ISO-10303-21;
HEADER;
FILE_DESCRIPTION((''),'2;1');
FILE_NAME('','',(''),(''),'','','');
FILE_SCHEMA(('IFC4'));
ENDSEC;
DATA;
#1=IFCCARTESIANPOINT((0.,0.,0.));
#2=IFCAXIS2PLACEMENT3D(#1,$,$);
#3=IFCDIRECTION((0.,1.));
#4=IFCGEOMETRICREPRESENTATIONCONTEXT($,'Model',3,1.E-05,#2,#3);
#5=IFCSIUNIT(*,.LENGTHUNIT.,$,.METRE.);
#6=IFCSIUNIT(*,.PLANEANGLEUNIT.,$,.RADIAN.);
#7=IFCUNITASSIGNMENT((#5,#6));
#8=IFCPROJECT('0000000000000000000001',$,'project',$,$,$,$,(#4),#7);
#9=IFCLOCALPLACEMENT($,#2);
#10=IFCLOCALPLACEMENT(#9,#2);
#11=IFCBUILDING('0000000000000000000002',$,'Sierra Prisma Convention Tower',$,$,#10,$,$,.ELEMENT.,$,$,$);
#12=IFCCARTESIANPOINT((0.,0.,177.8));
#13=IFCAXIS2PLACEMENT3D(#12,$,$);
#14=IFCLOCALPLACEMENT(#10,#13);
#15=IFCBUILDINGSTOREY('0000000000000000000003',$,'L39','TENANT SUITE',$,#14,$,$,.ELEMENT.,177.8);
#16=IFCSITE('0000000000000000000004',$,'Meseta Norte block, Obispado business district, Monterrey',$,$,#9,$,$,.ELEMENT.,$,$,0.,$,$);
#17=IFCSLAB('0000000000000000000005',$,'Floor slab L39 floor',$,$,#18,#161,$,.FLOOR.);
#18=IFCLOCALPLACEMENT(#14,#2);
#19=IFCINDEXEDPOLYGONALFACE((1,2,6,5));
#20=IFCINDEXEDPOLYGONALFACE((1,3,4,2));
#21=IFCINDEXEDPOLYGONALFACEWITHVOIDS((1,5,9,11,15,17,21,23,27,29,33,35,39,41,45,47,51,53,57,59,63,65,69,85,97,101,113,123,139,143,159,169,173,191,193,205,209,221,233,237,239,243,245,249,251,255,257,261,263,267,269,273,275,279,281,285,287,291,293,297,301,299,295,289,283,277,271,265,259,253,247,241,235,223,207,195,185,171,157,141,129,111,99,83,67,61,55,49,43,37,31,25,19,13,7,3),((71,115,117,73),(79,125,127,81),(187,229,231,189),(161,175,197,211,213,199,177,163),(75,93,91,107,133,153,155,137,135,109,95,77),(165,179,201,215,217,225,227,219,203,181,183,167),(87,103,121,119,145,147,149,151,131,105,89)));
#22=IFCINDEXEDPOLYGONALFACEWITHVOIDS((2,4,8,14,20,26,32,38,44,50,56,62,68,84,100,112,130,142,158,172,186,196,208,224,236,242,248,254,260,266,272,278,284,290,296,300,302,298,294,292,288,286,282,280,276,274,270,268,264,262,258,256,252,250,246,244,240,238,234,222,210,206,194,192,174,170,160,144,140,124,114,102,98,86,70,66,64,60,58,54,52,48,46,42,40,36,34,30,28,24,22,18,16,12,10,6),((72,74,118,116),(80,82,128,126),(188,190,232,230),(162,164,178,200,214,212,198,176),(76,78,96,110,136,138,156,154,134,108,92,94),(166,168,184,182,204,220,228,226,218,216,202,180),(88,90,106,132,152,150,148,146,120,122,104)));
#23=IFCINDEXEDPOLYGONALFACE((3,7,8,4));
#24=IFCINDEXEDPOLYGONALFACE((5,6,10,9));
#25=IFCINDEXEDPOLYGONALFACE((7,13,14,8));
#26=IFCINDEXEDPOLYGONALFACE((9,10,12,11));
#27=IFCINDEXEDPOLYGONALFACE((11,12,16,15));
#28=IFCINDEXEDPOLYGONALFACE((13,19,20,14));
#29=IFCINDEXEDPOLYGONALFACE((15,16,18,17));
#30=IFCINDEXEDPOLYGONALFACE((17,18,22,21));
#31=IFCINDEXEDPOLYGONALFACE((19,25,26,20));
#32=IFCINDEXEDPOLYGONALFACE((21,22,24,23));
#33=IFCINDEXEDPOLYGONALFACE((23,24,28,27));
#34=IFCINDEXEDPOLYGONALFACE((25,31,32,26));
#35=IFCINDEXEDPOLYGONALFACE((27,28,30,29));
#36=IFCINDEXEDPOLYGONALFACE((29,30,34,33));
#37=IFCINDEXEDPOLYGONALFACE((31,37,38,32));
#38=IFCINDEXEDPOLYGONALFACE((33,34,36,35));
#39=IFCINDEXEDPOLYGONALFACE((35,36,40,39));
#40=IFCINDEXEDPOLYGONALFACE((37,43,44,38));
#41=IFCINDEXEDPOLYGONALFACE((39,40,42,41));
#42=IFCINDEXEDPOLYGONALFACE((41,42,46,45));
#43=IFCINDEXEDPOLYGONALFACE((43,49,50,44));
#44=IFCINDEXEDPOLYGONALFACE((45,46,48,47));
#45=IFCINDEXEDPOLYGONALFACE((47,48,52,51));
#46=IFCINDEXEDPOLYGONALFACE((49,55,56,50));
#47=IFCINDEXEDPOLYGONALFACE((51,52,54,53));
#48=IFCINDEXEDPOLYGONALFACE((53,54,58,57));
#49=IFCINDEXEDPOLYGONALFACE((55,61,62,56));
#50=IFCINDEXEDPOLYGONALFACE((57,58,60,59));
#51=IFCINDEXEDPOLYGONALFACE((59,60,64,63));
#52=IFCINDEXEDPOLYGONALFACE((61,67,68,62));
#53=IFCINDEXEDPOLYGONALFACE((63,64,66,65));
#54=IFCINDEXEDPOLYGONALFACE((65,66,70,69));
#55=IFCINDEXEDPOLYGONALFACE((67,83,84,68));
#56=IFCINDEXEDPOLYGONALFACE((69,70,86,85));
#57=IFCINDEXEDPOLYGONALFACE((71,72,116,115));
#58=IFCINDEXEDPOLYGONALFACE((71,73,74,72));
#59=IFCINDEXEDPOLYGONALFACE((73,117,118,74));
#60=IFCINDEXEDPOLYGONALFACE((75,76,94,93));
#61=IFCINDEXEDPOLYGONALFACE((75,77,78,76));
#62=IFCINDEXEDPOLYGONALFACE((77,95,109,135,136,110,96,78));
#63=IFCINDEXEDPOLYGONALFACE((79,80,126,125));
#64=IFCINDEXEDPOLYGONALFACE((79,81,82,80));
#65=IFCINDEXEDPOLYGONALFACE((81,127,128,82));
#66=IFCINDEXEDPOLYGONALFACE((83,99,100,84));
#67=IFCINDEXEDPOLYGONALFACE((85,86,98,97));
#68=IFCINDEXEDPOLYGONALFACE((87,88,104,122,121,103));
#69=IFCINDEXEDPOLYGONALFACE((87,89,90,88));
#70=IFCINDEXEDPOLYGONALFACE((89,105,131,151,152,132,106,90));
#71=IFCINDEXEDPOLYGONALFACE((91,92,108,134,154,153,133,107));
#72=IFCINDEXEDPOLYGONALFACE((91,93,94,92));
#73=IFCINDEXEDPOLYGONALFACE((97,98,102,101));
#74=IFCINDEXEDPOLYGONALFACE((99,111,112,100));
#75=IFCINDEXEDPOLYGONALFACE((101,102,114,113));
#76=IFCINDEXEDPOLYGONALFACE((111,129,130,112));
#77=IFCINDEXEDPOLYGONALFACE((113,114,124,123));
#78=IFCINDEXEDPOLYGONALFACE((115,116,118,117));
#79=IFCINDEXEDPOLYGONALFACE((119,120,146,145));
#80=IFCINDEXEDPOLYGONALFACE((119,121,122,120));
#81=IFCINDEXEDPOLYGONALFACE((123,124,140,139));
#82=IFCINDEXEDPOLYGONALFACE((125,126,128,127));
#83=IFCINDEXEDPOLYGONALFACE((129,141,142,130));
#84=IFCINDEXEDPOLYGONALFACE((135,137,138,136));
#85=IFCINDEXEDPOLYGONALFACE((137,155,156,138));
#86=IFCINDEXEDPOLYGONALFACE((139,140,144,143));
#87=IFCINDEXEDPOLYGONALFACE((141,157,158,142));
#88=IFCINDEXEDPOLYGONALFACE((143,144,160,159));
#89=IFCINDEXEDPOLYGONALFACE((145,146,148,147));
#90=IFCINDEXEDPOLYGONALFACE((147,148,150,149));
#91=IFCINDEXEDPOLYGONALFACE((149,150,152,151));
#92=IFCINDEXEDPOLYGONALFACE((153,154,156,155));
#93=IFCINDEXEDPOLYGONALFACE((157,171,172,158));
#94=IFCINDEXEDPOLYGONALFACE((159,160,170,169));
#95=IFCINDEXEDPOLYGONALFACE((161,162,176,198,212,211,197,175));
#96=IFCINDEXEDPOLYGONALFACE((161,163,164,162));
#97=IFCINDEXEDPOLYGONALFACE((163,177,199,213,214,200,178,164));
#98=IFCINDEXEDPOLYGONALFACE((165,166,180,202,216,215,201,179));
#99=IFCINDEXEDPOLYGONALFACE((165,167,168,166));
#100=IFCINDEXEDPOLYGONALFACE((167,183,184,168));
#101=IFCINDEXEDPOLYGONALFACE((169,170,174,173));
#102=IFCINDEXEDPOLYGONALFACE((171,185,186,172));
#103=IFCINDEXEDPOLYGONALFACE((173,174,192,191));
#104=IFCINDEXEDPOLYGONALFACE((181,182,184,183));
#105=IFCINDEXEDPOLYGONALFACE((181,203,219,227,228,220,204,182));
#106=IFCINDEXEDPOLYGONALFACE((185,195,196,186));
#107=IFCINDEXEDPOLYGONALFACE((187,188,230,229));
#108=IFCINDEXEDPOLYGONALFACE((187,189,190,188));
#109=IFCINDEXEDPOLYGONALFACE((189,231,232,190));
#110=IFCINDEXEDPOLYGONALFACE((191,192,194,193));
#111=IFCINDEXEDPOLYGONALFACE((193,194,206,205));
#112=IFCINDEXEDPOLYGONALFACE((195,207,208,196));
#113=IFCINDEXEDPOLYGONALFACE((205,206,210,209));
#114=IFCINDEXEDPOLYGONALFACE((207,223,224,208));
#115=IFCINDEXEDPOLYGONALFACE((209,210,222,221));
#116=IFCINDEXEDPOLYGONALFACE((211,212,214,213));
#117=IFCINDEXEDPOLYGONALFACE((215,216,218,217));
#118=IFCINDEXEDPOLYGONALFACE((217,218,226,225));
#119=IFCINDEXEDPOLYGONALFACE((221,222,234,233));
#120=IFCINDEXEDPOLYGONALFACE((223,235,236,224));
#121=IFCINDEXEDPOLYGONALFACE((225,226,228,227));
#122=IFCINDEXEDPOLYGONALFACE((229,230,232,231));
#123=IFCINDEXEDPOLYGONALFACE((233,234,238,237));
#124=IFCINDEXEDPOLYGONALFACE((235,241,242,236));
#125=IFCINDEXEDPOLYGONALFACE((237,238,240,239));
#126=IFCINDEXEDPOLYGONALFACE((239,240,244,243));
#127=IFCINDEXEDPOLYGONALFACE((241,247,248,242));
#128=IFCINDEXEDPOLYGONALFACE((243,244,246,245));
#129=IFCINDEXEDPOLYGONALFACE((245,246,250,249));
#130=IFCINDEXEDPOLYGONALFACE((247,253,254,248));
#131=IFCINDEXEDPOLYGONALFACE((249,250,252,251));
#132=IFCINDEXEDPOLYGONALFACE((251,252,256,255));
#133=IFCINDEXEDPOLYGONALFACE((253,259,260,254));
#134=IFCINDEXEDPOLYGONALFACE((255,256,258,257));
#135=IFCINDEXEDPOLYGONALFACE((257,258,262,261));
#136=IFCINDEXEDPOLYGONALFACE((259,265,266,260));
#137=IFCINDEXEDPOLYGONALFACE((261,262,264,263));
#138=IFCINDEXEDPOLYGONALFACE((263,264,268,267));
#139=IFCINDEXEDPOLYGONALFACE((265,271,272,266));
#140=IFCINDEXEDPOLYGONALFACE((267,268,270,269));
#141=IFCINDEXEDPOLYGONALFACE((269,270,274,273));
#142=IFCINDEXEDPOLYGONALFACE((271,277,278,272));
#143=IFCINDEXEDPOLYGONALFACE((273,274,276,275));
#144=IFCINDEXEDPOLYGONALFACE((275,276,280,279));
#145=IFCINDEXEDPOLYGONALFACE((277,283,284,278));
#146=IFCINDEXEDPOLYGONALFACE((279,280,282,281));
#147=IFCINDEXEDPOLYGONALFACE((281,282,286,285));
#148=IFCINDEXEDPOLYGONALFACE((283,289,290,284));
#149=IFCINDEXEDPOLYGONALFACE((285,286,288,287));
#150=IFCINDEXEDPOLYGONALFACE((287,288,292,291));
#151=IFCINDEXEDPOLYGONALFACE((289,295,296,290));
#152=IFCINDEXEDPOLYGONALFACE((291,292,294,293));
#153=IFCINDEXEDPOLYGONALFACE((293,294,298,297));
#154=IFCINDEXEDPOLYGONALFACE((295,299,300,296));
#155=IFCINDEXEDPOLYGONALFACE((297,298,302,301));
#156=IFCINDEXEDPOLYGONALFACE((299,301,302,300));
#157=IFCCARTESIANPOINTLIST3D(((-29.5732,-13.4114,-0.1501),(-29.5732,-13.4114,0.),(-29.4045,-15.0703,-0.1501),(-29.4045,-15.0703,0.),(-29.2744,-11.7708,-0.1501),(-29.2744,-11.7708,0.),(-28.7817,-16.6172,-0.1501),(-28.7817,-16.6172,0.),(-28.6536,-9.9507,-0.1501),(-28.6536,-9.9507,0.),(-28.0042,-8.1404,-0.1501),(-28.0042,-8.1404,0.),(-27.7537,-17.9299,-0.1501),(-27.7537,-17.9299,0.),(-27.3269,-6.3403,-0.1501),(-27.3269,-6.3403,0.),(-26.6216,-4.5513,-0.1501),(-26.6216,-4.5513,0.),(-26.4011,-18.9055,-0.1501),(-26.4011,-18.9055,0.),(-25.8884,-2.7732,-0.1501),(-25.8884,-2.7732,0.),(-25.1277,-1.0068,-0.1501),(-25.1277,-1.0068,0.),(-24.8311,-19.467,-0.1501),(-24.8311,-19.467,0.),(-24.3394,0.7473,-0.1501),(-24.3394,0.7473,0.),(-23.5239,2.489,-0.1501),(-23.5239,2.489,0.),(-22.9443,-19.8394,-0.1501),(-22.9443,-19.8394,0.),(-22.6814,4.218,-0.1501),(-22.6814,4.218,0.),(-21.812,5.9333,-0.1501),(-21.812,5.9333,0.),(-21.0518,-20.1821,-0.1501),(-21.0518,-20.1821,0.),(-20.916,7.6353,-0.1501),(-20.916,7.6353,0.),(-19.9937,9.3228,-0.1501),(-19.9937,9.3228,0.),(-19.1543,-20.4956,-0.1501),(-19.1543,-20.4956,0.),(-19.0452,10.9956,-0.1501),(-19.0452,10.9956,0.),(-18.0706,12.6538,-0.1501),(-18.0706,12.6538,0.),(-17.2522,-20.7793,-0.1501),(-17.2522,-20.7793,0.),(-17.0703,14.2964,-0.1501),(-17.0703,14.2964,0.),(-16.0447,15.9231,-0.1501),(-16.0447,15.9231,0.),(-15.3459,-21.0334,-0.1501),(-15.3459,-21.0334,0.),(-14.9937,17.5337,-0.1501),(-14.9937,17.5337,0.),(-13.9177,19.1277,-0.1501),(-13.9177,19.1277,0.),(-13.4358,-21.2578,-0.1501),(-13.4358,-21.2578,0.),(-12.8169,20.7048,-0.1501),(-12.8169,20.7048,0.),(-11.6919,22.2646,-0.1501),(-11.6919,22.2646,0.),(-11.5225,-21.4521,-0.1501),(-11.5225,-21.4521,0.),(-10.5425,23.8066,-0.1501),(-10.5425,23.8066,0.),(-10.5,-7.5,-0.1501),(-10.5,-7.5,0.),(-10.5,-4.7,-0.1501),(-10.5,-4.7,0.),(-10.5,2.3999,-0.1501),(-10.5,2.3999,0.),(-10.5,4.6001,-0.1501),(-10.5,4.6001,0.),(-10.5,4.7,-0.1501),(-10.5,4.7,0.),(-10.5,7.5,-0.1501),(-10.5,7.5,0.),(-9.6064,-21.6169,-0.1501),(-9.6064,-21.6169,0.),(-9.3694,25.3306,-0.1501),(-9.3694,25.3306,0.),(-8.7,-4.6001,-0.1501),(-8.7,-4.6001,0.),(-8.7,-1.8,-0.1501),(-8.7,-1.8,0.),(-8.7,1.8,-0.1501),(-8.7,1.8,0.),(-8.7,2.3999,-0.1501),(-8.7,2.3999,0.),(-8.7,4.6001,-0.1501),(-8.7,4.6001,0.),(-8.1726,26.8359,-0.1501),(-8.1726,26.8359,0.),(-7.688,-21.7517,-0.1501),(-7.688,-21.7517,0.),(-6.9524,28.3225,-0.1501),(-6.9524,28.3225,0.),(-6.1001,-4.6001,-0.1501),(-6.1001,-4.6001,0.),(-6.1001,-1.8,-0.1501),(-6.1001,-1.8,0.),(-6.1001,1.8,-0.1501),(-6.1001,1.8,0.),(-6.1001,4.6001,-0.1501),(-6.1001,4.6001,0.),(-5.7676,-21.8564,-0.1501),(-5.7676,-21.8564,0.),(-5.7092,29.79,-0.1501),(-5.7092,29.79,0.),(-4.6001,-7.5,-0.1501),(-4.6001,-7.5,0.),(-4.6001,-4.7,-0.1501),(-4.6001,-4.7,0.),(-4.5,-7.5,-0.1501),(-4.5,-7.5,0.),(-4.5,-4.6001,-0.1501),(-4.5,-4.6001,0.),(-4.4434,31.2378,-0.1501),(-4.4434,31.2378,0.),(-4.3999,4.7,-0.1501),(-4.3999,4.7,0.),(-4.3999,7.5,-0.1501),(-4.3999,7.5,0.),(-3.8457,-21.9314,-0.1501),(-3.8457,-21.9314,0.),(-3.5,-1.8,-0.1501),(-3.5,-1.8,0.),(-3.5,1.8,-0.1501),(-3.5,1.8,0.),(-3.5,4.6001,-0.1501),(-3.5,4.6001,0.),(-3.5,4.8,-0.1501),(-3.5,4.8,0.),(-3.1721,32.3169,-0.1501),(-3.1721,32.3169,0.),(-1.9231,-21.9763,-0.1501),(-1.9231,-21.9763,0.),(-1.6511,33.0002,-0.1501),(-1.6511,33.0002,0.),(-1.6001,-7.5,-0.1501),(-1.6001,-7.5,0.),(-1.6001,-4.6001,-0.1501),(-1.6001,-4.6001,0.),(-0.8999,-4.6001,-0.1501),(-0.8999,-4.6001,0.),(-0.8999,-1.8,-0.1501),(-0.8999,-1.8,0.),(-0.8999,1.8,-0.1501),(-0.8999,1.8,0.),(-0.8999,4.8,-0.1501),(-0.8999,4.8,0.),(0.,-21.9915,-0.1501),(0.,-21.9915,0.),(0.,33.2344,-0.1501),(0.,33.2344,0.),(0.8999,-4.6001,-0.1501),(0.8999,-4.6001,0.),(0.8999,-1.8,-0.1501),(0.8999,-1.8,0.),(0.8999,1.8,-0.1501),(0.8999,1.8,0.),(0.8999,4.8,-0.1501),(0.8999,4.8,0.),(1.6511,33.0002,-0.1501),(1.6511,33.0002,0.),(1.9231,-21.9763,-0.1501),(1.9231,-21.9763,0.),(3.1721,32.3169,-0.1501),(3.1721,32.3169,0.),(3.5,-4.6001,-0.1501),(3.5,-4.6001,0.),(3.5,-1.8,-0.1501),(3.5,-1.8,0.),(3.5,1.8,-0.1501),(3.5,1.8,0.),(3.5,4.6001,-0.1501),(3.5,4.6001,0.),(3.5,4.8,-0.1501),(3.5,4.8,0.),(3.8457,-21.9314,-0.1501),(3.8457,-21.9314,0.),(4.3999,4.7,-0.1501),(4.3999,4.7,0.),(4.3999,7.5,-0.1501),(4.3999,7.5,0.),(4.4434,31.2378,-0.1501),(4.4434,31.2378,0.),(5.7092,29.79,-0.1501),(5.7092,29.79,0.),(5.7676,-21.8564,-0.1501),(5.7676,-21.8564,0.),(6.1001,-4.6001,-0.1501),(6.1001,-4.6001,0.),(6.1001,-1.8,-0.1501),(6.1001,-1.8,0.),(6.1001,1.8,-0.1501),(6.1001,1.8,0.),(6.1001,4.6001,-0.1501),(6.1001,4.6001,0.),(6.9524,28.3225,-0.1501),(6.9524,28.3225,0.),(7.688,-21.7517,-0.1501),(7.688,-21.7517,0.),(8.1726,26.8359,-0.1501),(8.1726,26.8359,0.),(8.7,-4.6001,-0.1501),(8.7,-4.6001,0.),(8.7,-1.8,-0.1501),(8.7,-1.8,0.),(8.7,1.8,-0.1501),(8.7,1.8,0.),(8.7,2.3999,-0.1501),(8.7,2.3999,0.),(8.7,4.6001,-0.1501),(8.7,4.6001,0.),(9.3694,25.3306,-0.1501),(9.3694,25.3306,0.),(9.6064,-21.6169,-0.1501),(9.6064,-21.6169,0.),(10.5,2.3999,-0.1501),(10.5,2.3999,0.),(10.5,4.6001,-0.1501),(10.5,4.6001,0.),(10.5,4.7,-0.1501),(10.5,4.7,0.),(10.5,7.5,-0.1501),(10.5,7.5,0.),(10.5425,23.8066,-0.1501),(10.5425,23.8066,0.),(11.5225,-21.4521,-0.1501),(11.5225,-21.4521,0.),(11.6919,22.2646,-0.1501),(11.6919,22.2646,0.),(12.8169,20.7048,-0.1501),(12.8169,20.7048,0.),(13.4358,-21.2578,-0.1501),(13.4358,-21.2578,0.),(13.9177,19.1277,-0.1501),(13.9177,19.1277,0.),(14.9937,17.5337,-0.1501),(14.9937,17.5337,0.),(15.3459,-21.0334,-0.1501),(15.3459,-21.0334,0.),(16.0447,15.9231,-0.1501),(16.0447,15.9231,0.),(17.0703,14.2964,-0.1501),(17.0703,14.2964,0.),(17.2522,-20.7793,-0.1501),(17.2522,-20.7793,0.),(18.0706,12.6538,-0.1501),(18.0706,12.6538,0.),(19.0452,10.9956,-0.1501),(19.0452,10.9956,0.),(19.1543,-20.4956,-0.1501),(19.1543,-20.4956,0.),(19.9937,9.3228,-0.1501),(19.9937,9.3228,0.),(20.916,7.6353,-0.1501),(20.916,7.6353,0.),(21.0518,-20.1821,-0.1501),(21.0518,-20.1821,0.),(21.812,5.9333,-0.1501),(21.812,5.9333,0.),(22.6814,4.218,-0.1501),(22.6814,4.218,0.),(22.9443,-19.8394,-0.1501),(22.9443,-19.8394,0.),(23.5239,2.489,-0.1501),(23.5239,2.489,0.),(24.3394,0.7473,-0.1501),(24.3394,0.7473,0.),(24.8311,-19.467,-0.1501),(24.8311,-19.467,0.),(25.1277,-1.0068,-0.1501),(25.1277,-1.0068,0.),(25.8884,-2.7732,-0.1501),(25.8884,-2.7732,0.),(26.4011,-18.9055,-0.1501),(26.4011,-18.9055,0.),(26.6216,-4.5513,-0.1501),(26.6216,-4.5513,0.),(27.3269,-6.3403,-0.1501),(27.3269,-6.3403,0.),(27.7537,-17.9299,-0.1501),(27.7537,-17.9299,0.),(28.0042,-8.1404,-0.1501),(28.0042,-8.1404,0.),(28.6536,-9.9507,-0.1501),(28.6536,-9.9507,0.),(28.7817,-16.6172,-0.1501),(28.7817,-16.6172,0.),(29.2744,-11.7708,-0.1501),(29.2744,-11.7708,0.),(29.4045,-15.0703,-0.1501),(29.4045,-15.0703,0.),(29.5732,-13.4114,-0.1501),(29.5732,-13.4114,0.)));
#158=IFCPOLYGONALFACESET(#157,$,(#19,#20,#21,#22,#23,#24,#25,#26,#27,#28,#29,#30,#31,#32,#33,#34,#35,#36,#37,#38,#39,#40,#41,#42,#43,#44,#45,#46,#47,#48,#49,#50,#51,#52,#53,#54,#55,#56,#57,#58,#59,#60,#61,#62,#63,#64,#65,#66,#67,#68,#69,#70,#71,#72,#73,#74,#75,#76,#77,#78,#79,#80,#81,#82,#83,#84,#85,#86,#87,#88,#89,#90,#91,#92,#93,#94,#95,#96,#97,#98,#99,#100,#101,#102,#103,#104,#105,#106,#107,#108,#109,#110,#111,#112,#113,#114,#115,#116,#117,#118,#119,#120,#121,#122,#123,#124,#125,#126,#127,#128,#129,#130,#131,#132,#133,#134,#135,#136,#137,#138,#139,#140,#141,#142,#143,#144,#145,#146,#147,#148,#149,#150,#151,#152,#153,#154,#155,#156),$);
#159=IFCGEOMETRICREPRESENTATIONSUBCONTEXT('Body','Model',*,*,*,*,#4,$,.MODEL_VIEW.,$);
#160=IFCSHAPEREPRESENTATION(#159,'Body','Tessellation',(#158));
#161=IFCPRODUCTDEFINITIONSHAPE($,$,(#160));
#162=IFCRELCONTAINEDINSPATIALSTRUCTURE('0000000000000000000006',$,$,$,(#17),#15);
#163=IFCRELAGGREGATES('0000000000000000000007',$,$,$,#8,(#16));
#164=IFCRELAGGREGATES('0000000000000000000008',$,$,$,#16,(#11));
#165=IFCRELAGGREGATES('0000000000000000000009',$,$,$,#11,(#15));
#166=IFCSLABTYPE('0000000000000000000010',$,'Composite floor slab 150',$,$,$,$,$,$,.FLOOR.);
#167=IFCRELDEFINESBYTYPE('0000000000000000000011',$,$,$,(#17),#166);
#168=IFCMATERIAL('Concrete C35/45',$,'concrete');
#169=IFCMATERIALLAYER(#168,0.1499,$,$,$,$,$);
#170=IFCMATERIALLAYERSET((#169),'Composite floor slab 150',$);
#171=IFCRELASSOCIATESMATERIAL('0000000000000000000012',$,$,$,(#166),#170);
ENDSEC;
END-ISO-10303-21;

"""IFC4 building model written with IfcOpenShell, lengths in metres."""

from ifc_helpers import new_model, si_unit, direction, frame, origin, place, context, subcontext, project, spatial, polyline, outline, extrude, material, layer, layer_set, type_object, element, save


model = new_model("IFC4")

# Units and contexts
model_context = context("Model", 3, precision=1e-05, world=origin(), true_north=direction((0.0, 1.0)))
body_context = subcontext(model_context, "Body", "Model", "MODEL_VIEW")
ifc_project = project(units=[si_unit("LENGTHUNIT", "METRE"), si_unit("PLANEANGLEUNIT", "RADIAN")], contexts=[model_context])

# Site, building, storey
site_placement = place(None, origin())
site = spatial("IfcSite", under=ifc_project, at=site_placement, Name="Meseta Norte block, Obispado business district, Monterrey", CompositionType="ELEMENT", RefElevation=0.0)
building_placement = place(site_placement, origin())
building = spatial("IfcBuilding", under=site, at=building_placement, Name="Sierra Prisma Convention Tower", CompositionType="ELEMENT")
storey_placement = place(building_placement, frame((0.0, 0.0, 177.8)))
storey = spatial("IfcBuildingStorey", under=building, at=storey_placement, Name="L39", Description="TENANT SUITE", CompositionType="ELEMENT", Elevation=177.8)

# Slab
ifc_material_1 = material(Name="Concrete C35/45", Category="concrete")
ifc_layer_1 = layer(ifc_material_1, 0.1499)
ifc_layer_set_1 = layer_set([ifc_layer_1], Name="Composite floor slab 150")
slab_type = type_object("IfcSlabType", Name="Composite floor slab 150", PredefinedType="FLOOR", material=ifc_layer_set_1)
slab_placement = place(storey_placement, frame((0.0, 0.0, -0.1501)))
element("IfcSlab", 1, at=slab_placement, inside=storey, type_object=slab_type, Name="Floor slab L39 floor", PredefinedType="FLOOR", context=body_context, shape_type="SweptSolid", body=[
    extrude(outline(polyline([(-24.8311, -19.467), (-22.9443, -19.8394), (-21.0518, -20.1821), (-19.1543, -20.4956), (-17.2522, -20.7793), (-15.3459, -21.0334), (-13.4358, -21.2578), (-11.5225, -21.4521), (-9.6064, -21.6169), (-7.688, -21.7517), (-5.7676, -21.8564), (-3.8457, -21.9314), (-1.9231, -21.9763), (0.0, -21.9915), (1.9231, -21.9763), (3.8457, -21.9314), (5.7676, -21.8564), (7.688, -21.7517), (9.6064, -21.6169), (11.5225, -21.4521), (13.4358, -21.2578), (15.3459, -21.0334), (17.2522, -20.7793), (19.1543, -20.4956), (21.0518, -20.1821), (22.9443, -19.8394), (24.8311, -19.467), (26.4011, -18.9055), (27.7537, -17.9299), (28.7817, -16.6172), (29.4045, -15.0703), (29.5732, -13.4114), (29.2744, -11.7708), (28.6536, -9.9507), (28.0042, -8.1404), (27.3269, -6.3403), (26.6216, -4.5513), (25.8884, -2.7732), (25.1277, -1.0068), (24.3394, 0.7473), (23.5239, 2.489), (22.6814, 4.218), (21.812, 5.9333), (20.916, 7.6353), (19.9937, 9.3228), (19.0452, 10.9956), (18.0706, 12.6538), (17.0703, 14.2964), (16.0447, 15.9231), (14.9937, 17.5337), (13.9177, 19.1277), (12.8169, 20.7048), (11.6919, 22.2646), (10.5425, 23.8066), (9.3694, 25.3306), (8.1726, 26.8359), (6.9524, 28.3225), (5.7092, 29.79), (4.4434, 31.2378), (3.1721, 32.3169), (1.6511, 33.0002), (0.0, 33.2344), (-1.6511, 33.0002), (-3.1721, 32.3169), (-4.4434, 31.2378), (-5.7092, 29.79), (-6.9524, 28.3225), (-8.1726, 26.8359), (-9.3694, 25.3306), (-10.5425, 23.8066), (-11.6919, 22.2646), (-12.8169, 20.7048), (-13.9177, 19.1277), (-14.9937, 17.5337), (-16.0447, 15.9231), (-17.0703, 14.2964), (-18.0706, 12.6538), (-19.0452, 10.9956), (-19.9937, 9.3228), (-20.916, 7.6353), (-21.812, 5.9333), (-22.6814, 4.218), (-23.5239, 2.489), (-24.3394, 0.7473), (-25.1277, -1.0068), (-25.8884, -2.7732), (-26.6216, -4.5513), (-27.3269, -6.3403), (-28.0042, -8.1404), (-28.6536, -9.9507), (-29.2744, -11.7708), (-29.5732, -13.4114), (-29.4045, -15.0703), (-28.7817, -16.6172), (-27.7537, -17.9299), (-26.4011, -18.9055), (-24.8311, -19.467)]), holes=[polyline([(-4.6001, -7.5), (-10.5, -7.5), (-10.5, -4.7), (-4.6001, -4.7), (-4.6001, -7.5)]), polyline([(-8.7, -4.6001), (-8.7, -1.8), (-6.1001, -1.8), (-3.5, -1.8), (-0.8999, -1.8), (-0.8999, -4.6001), (-1.6001, -4.6001), (-1.6001, -7.5), (-4.5, -7.5), (-4.5, -4.6001), (-6.1001, -4.6001), (-8.7, -4.6001)]), polyline([(-10.5, 4.6001), (-8.7, 4.6001), (-6.1001, 4.6001), (-3.5, 4.6001), (-3.5, 4.8), (-0.8999, 4.8), (-0.8999, 1.8), (-3.5, 1.8), (-6.1001, 1.8), (-8.7, 1.8), (-8.7, 2.3999), (-10.5, 2.3999), (-10.5, 4.6001)]), polyline([(-10.5, 4.7), (-10.5, 7.5), (-4.3999, 7.5), (-4.3999, 4.7), (-10.5, 4.7)]), polyline([(6.1001, -1.8), (8.7, -1.8), (8.7, -4.6001), (6.1001, -4.6001), (3.5, -4.6001), (0.8999, -4.6001), (0.8999, -1.8), (3.5, -1.8), (6.1001, -1.8)]), polyline([(8.7, 4.6001), (10.5, 4.6001), (10.5, 2.3999), (8.7, 2.3999), (8.7, 1.8), (6.1001, 1.8), (3.5, 1.8), (0.8999, 1.8), (0.8999, 4.8), (3.5, 4.8), (3.5, 4.6001), (6.1001, 4.6001), (8.7, 4.6001)]), polyline([(4.3999, 4.7), (4.3999, 7.5), (10.5, 7.5), (10.5, 4.7), (4.3999, 4.7)])]), origin(), (0.0, 0.0, 1.0), 0.1501),
])

save(model, "model.ifc")
